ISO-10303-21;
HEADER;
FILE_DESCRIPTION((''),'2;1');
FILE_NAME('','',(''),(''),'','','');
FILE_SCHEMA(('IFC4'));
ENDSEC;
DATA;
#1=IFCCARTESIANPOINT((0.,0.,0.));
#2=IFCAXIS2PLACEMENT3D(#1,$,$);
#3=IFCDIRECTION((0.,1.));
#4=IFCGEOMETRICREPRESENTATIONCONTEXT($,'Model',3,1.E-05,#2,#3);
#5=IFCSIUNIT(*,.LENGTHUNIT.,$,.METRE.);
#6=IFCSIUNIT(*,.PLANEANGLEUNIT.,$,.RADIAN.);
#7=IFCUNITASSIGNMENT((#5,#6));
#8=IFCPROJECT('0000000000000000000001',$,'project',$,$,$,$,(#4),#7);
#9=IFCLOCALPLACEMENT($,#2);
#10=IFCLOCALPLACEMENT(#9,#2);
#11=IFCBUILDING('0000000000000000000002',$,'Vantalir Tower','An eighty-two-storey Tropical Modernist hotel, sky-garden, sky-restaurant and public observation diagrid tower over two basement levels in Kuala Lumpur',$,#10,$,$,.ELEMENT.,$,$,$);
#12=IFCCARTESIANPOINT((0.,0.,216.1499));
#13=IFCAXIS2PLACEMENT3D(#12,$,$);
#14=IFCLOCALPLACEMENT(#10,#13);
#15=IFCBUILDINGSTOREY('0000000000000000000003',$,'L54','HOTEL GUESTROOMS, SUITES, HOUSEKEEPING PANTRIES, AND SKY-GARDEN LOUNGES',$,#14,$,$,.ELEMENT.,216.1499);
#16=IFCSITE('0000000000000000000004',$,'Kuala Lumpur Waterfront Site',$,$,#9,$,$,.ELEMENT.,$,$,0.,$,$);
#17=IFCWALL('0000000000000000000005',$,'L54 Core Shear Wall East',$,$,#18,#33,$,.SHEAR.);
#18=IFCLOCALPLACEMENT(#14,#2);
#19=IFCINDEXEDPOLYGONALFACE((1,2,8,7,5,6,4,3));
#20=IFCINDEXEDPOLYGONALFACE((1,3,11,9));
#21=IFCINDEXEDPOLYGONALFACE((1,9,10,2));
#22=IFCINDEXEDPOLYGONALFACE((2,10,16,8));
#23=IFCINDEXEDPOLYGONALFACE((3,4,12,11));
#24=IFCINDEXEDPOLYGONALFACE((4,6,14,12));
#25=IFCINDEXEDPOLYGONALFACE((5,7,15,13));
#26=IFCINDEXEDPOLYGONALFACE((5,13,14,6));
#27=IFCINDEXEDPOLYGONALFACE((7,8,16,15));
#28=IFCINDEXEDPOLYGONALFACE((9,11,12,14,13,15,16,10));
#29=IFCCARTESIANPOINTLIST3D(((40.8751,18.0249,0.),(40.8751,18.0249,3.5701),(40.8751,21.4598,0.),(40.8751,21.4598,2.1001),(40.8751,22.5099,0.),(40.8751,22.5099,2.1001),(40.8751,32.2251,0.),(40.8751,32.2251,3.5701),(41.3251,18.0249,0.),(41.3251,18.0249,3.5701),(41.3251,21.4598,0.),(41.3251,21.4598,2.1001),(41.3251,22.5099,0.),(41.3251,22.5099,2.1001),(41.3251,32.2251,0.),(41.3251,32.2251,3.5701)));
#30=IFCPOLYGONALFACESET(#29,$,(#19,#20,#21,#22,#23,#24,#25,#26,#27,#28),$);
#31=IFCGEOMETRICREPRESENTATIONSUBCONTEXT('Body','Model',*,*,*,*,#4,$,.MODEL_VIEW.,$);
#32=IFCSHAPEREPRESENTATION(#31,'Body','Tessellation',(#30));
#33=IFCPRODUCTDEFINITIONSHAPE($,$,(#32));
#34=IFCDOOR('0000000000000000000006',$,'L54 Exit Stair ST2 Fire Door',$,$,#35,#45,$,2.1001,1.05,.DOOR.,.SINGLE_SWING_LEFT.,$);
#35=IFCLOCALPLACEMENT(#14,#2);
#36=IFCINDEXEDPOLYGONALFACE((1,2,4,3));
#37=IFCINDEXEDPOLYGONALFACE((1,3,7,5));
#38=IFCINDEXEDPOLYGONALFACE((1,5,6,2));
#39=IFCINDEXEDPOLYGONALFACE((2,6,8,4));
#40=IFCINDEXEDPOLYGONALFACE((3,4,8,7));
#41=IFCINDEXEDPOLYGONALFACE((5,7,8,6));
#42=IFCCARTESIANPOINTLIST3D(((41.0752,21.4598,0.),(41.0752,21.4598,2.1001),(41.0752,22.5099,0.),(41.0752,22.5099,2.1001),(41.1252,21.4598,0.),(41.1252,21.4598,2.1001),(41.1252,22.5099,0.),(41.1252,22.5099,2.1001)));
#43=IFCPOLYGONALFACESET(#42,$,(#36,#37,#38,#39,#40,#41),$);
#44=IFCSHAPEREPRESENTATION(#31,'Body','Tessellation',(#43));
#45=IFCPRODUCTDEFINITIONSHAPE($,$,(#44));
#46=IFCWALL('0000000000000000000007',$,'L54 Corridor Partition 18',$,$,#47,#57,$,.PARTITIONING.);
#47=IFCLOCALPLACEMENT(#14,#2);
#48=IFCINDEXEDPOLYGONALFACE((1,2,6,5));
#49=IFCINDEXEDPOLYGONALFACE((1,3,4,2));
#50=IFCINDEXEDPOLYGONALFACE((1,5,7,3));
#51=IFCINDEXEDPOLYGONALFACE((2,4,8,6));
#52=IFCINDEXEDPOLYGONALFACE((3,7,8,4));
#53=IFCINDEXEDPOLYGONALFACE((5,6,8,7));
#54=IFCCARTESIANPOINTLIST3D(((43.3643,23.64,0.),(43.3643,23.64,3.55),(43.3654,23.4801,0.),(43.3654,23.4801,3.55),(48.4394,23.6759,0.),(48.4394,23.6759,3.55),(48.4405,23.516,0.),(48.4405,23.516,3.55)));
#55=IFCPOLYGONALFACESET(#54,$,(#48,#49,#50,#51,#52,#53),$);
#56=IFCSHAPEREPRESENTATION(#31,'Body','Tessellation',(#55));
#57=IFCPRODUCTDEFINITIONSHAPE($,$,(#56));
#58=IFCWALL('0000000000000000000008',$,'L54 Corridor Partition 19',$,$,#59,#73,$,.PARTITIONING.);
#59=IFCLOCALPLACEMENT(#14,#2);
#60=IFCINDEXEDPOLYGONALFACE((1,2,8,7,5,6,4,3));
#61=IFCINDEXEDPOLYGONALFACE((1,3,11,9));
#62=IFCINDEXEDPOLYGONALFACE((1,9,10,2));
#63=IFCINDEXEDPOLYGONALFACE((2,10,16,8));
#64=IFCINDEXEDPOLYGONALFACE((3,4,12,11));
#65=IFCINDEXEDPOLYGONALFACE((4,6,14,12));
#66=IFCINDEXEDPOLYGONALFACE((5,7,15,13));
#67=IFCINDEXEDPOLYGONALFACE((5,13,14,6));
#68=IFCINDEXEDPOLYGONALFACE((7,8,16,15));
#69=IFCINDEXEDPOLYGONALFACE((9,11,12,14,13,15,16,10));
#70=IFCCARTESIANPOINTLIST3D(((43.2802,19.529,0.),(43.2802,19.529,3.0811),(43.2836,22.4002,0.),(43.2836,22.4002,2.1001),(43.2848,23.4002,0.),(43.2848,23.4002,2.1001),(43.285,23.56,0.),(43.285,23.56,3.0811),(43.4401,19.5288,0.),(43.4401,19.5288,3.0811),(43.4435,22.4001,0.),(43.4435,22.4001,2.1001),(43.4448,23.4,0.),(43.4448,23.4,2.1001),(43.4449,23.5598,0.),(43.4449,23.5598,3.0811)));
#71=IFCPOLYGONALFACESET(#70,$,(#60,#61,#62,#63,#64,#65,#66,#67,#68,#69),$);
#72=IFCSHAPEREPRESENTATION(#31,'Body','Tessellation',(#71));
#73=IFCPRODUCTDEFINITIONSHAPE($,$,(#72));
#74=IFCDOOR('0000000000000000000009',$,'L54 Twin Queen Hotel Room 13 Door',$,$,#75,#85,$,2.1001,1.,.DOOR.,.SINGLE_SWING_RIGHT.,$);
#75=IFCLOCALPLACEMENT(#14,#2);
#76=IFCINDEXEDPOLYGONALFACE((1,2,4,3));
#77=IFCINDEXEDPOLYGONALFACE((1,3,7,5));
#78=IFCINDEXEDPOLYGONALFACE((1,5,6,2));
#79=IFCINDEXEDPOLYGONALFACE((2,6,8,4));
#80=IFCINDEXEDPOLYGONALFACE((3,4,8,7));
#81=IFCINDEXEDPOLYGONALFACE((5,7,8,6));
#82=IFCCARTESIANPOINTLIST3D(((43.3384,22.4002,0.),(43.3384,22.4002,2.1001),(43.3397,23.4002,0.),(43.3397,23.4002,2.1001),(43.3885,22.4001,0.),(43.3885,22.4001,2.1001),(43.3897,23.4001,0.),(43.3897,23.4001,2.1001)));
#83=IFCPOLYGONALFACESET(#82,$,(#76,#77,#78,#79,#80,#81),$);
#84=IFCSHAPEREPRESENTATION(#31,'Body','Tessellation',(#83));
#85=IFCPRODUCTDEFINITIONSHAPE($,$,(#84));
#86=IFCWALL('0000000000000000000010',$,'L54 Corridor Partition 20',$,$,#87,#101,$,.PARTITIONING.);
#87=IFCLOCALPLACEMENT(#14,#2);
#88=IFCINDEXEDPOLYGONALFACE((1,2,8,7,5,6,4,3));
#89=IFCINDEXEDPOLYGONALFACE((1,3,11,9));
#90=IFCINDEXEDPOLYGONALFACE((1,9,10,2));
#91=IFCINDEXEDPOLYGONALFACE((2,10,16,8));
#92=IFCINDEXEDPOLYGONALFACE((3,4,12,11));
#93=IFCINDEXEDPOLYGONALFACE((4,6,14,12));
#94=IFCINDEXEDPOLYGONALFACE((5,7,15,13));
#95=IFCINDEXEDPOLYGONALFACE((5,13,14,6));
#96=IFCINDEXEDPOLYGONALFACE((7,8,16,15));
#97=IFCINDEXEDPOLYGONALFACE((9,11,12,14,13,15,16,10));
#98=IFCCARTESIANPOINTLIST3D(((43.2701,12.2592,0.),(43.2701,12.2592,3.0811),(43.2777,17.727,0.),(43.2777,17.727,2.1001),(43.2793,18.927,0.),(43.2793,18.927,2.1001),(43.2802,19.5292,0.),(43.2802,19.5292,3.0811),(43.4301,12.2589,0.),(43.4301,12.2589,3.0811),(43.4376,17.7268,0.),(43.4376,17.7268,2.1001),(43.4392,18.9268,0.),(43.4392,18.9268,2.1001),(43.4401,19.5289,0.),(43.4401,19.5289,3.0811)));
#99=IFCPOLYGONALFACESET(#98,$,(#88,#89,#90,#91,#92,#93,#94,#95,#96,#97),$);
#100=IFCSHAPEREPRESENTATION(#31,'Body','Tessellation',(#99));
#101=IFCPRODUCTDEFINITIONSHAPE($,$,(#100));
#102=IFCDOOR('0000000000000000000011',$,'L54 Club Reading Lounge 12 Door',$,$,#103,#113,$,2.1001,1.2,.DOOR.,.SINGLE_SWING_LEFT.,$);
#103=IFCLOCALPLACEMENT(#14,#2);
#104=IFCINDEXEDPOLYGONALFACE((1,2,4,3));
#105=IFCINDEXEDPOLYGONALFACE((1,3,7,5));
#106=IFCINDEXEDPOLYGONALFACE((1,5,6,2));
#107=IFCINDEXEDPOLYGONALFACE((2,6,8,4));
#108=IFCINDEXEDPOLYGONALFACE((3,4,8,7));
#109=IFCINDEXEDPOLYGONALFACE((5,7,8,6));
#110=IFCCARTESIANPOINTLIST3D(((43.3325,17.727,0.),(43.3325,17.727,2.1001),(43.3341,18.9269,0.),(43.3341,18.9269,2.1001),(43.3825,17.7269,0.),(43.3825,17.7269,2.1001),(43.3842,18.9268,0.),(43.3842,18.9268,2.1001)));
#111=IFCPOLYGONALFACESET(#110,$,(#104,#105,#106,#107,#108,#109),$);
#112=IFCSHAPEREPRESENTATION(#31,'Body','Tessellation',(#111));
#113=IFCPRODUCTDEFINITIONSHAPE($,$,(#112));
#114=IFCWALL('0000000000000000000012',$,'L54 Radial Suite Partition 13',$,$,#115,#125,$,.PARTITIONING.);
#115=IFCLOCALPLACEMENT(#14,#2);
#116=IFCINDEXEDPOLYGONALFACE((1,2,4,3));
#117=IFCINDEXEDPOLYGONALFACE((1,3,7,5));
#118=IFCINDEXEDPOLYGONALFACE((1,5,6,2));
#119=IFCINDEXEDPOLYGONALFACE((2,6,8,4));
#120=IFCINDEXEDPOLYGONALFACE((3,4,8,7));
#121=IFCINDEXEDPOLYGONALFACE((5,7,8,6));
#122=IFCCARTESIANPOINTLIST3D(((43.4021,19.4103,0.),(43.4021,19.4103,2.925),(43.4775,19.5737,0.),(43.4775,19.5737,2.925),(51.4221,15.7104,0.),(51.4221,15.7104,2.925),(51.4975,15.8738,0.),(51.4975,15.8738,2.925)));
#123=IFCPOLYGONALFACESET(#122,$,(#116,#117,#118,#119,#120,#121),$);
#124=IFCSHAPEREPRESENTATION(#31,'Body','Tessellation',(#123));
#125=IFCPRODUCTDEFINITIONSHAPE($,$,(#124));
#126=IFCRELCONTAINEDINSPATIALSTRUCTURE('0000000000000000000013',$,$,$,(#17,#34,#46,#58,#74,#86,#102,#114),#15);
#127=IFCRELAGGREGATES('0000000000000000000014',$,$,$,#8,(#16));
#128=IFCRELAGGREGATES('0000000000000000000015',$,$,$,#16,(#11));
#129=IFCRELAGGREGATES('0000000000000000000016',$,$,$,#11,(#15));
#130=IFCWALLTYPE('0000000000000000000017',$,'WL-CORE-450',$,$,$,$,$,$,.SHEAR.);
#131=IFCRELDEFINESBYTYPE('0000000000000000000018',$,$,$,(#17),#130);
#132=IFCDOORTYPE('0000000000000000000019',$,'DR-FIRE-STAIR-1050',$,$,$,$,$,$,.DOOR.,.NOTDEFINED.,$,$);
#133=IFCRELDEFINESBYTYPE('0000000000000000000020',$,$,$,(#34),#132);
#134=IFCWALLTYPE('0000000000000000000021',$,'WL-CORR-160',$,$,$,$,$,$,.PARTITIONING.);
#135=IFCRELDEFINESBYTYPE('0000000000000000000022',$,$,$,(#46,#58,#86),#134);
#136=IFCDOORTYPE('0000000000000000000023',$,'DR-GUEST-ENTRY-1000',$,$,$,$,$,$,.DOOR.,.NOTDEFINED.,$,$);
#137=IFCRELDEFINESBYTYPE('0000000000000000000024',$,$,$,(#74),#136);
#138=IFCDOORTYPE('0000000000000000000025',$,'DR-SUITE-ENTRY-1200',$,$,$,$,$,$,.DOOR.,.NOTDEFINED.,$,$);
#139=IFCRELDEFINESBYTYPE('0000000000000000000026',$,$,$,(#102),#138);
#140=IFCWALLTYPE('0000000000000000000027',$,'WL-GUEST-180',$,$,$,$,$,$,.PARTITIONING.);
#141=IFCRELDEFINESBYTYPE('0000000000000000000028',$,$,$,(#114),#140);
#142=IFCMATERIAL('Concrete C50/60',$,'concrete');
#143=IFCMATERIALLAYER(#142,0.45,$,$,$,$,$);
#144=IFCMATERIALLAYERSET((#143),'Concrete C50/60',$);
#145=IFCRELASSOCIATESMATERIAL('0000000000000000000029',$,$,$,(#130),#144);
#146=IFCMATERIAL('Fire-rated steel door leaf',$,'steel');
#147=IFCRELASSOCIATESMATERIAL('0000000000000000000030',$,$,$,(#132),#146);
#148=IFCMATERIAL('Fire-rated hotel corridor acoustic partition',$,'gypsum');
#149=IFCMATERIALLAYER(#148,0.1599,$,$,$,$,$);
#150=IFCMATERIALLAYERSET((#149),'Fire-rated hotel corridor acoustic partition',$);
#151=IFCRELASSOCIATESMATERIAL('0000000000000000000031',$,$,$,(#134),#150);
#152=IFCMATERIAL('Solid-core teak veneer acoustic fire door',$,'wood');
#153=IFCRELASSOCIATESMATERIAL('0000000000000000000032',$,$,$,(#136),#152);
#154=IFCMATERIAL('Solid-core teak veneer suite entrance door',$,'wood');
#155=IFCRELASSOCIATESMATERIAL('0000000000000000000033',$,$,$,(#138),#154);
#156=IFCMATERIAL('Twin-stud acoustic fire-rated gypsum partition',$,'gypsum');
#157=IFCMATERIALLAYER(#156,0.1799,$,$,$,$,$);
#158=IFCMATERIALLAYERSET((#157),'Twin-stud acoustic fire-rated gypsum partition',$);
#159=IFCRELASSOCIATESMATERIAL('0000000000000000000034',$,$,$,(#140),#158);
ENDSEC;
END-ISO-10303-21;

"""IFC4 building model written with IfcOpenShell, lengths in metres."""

from ifc_helpers import new_model, si_unit, direction, frame, frame_2d, origin, place, context, subcontext, project, spatial, rectangle, extrude, material, layer, layer_set, type_object, element, fill, save


model = new_model("IFC4")

# Units and contexts
model_context = context("Model", 3, precision=1e-05, world=origin(), true_north=direction((0.0, 1.0)))
body_context = subcontext(model_context, "Body", "Model", "MODEL_VIEW")
ifc_project = project(units=[si_unit("LENGTHUNIT", "METRE"), si_unit("PLANEANGLEUNIT", "RADIAN")], contexts=[model_context])

# Site, building, storey
site_placement = place(None, origin())
site = spatial("IfcSite", under=ifc_project, at=site_placement, Name="Kuala Lumpur Waterfront Site", CompositionType="ELEMENT", RefElevation=0.0)
building_placement = place(site_placement, origin())
building = spatial("IfcBuilding", under=site, at=building_placement, Name="Vantalir Tower", Description="An eighty-two-storey Tropical Modernist hotel, sky-garden, sky-restaurant and public observation diagrid tower over two basement levels in Kuala Lumpur", CompositionType="ELEMENT")
storey_placement = place(building_placement, frame((0.0, 0.0, 216.1499)))
storey = spatial("IfcBuildingStorey", under=building, at=storey_placement, Name="L54", Description="HOTEL GUESTROOMS, SUITES, HOUSEKEEPING PANTRIES, AND SKY-GARDEN LOUNGES", CompositionType="ELEMENT", Elevation=216.1499)

# Shared definitions
ifc_material_1 = material(Name="Concrete C50/60", Category="concrete")

# Wall, opening, door
ifc_layer_1 = layer(ifc_material_1, 0.45)
ifc_layer_set_1 = layer_set([ifc_layer_1], Name="Concrete C50/60")
wall_type_1 = type_object("IfcWallType", Name="WL-CORE-450", PredefinedType="SHEAR", material=ifc_layer_set_1)
wall_1_placement = place(storey_placement, frame((41.1001, 18.0249, 0.0), z_axis=(0.0, 0.0, 1.0), x_axis=(0.0, 1.0, 0.0)))
wall_1 = element("IfcWall", 1, at=wall_1_placement, inside=storey, type_object=wall_type_1, Name="L54 Core Shear Wall East", PredefinedType="SHEAR", context=body_context, shape_type="SweptSolid", body=[
    extrude(rectangle(XDim=14.2002, YDim=0.45, at=frame_2d((7.1001, 0.0))), origin(), (0.0, 0.0, 1.0), 3.5701),
])
opening_1_placement = place(wall_1_placement, frame((3.4351, 0.0, 0.0)))
opening_1 = element("IfcOpeningElement", 2, at=opening_1_placement, cuts=wall_1, PredefinedType="OPENING", context=body_context, shape_type="SweptSolid", body=[
    extrude(rectangle(XDim=1.05, YDim=2.1001, at=frame_2d((0.5249, 1.05))), frame((0.0, 0.2349, 0.0), z_axis=(0.0, -1.0, 0.0), x_axis=(1.0, 0.0, 0.0)), (0.0, 0.0, 1.0), 0.47),
])
ifc_material_2 = material(Name="Fire-rated steel door leaf", Category="steel")
door_type_1 = type_object("IfcDoorType", Name="DR-FIRE-STAIR-1050", OperationType="NOTDEFINED", PredefinedType="DOOR", material=ifc_material_2)
door_1_placement = place(opening_1_placement, origin())
door_1 = element("IfcDoor", 3, at=door_1_placement, inside=storey, type_object=door_type_1, Name="L54 Exit Stair ST2 Fire Door", OperationType="SINGLE_SWING_LEFT", OverallHeight=2.1001, OverallWidth=1.05, PredefinedType="DOOR", context=body_context, shape_type="SweptSolid", body=[
    extrude(rectangle(XDim=1.05, YDim=2.1001, at=frame_2d((0.5249, 1.05))), frame((0.0, 0.0249, 0.0), z_axis=(0.0, -1.0, 0.0), x_axis=(1.0, 0.0, 0.0)), (0.0, 0.0, 1.0), 0.05),
])
fill(opening_1, door_1)

# Wall
ifc_material_3 = material(Name="Fire-rated hotel corridor acoustic partition", Category="gypsum")
ifc_layer_2 = layer(ifc_material_3, 0.1599)
ifc_layer_set_2 = layer_set([ifc_layer_2], Name="Fire-rated hotel corridor acoustic partition")
wall_type_2 = type_object("IfcWallType", Name="WL-CORR-160", PredefinedType="PARTITIONING", material=ifc_layer_set_2)
wall_2_placement = place(storey_placement, frame((48.4399, 23.5959, 0.0), z_axis=(0.0, 0.0, 1.0), x_axis=(-0.999975, -0.007072, 0.0)))
element("IfcWall", 4, at=wall_2_placement, inside=storey, type_object=wall_type_2, Name="L54 Corridor Partition 18", PredefinedType="PARTITIONING", context=body_context, shape_type="SweptSolid", body=[
    extrude(rectangle(XDim=5.0752, YDim=0.1599, at=frame_2d((2.5376, 0.0))), origin(), (0.0, 0.0, 1.0), 3.55),
])

# Walls, openings, doors
wall_3_placement = place(storey_placement, frame((43.365, 23.5601, 0.0), z_axis=(0.0, 0.0, 1.0), x_axis=(-0.001211, -0.999999, 0.0)))
wall_3 = element("IfcWall", 5, at=wall_3_placement, inside=storey, type_object=wall_type_2, Name="L54 Corridor Partition 19", PredefinedType="PARTITIONING", context=body_context, shape_type="SweptSolid", body=[
    extrude(rectangle(XDim=4.031, YDim=0.1599, at=frame_2d((2.0156, 0.0))), origin(), (0.0, 0.0, 1.0), 3.0811),
])
opening_2_placement = place(wall_3_placement, frame((0.1599, 0.0, 0.0)))
opening_2 = element("IfcOpeningElement", 6, at=opening_2_placement, cuts=wall_3, PredefinedType="OPENING", context=body_context, shape_type="SweptSolid", body=[
    extrude(rectangle(XDim=1.0, YDim=2.1001, at=frame_2d((0.5, 1.05))), frame((0.0, 0.0898, 0.0), z_axis=(0.0, -1.0, 0.0), x_axis=(1.0, 0.0, 0.0)), (0.0, 0.0, 1.0), 0.1799),
])
ifc_material_4 = material(Name="Solid-core teak veneer acoustic fire door", Category="wood")
door_type_2 = type_object("IfcDoorType", Name="DR-GUEST-ENTRY-1000", OperationType="NOTDEFINED", PredefinedType="DOOR", material=ifc_material_4)
door_2_placement = place(opening_2_placement, origin())
door_2 = element("IfcDoor", 7, at=door_2_placement, inside=storey, type_object=door_type_2, Name="L54 Twin Queen Hotel Room 13 Door", OperationType="SINGLE_SWING_RIGHT", OverallHeight=2.1001, OverallWidth=1.0, PredefinedType="DOOR", context=body_context, shape_type="SweptSolid", body=[
    extrude(rectangle(XDim=1.0, YDim=2.1001, at=frame_2d((0.5, 1.05))), frame((0.0, 0.0249, 0.0), z_axis=(0.0, -1.0, 0.0), x_axis=(1.0, 0.0, 0.0)), (0.0, 0.0, 1.0), 0.05),
])
fill(opening_2, door_2)
wall_4_placement = place(storey_placement, frame((43.3601, 19.5291, 0.0), z_axis=(0.0, 0.0, 1.0), x_axis=(-0.001377, -0.999999, 0.0)))
wall_4 = element("IfcWall", 8, at=wall_4_placement, inside=storey, type_object=wall_type_2, Name="L54 Corridor Partition 20", PredefinedType="PARTITIONING", context=body_context, shape_type="SweptSolid", body=[
    extrude(rectangle(XDim=7.27, YDim=0.1599, at=frame_2d((3.635, 0.0))), origin(), (0.0, 0.0, 1.0), 3.0811),
])
opening_3_placement = place(wall_4_placement, frame((0.6021, 0.0, 0.0)))
opening_3 = element("IfcOpeningElement", 9, at=opening_3_placement, cuts=wall_4, PredefinedType="OPENING", context=body_context, shape_type="SweptSolid", body=[
    extrude(rectangle(XDim=1.2, YDim=2.1001, at=frame_2d((0.6001, 1.05))), frame((0.0, 0.0898, 0.0), z_axis=(0.0, -1.0, 0.0), x_axis=(1.0, 0.0, 0.0)), (0.0, 0.0, 1.0), 0.1799),
])
ifc_material_5 = material(Name="Solid-core teak veneer suite entrance door", Category="wood")
door_type_3 = type_object("IfcDoorType", Name="DR-SUITE-ENTRY-1200", OperationType="NOTDEFINED", PredefinedType="DOOR", material=ifc_material_5)
door_3_placement = place(opening_3_placement, origin())
door_3 = element("IfcDoor", 10, at=door_3_placement, inside=storey, type_object=door_type_3, Name="L54 Club Reading Lounge 12 Door", OperationType="SINGLE_SWING_LEFT", OverallHeight=2.1001, OverallWidth=1.2, PredefinedType="DOOR", context=body_context, shape_type="SweptSolid", body=[
    extrude(rectangle(XDim=1.2, YDim=2.1001, at=frame_2d((0.6001, 1.05))), frame((0.0, 0.0249, 0.0), z_axis=(0.0, -1.0, 0.0), x_axis=(1.0, 0.0, 0.0)), (0.0, 0.0, 1.0), 0.05),
])
fill(opening_3, door_3)

# Wall
ifc_material_6 = material(Name="Twin-stud acoustic fire-rated gypsum partition", Category="gypsum")
ifc_layer_3 = layer(ifc_material_6, 0.1799)
ifc_layer_set_3 = layer_set([ifc_layer_3], Name="Twin-stud acoustic fire-rated gypsum partition")
wall_type_3 = type_object("IfcWallType", Name="WL-GUEST-180", PredefinedType="PARTITIONING", material=ifc_layer_set_3)
wall_5_placement = place(storey_placement, frame((43.4399, 19.4919, 0.0), z_axis=(0.0, 0.0, 1.0), x_axis=(0.908028, -0.418909, 0.0)))
element("IfcWall", 11, at=wall_5_placement, inside=storey, type_object=wall_type_3, Name="L54 Radial Suite Partition 13", PredefinedType="PARTITIONING", context=body_context, shape_type="SweptSolid", body=[
    extrude(rectangle(XDim=8.8323, YDim=0.1799, at=frame_2d((4.416, 0.0))), origin(), (0.0, 0.0, 1.0), 2.925),
])

save(model, "model.ifc")
